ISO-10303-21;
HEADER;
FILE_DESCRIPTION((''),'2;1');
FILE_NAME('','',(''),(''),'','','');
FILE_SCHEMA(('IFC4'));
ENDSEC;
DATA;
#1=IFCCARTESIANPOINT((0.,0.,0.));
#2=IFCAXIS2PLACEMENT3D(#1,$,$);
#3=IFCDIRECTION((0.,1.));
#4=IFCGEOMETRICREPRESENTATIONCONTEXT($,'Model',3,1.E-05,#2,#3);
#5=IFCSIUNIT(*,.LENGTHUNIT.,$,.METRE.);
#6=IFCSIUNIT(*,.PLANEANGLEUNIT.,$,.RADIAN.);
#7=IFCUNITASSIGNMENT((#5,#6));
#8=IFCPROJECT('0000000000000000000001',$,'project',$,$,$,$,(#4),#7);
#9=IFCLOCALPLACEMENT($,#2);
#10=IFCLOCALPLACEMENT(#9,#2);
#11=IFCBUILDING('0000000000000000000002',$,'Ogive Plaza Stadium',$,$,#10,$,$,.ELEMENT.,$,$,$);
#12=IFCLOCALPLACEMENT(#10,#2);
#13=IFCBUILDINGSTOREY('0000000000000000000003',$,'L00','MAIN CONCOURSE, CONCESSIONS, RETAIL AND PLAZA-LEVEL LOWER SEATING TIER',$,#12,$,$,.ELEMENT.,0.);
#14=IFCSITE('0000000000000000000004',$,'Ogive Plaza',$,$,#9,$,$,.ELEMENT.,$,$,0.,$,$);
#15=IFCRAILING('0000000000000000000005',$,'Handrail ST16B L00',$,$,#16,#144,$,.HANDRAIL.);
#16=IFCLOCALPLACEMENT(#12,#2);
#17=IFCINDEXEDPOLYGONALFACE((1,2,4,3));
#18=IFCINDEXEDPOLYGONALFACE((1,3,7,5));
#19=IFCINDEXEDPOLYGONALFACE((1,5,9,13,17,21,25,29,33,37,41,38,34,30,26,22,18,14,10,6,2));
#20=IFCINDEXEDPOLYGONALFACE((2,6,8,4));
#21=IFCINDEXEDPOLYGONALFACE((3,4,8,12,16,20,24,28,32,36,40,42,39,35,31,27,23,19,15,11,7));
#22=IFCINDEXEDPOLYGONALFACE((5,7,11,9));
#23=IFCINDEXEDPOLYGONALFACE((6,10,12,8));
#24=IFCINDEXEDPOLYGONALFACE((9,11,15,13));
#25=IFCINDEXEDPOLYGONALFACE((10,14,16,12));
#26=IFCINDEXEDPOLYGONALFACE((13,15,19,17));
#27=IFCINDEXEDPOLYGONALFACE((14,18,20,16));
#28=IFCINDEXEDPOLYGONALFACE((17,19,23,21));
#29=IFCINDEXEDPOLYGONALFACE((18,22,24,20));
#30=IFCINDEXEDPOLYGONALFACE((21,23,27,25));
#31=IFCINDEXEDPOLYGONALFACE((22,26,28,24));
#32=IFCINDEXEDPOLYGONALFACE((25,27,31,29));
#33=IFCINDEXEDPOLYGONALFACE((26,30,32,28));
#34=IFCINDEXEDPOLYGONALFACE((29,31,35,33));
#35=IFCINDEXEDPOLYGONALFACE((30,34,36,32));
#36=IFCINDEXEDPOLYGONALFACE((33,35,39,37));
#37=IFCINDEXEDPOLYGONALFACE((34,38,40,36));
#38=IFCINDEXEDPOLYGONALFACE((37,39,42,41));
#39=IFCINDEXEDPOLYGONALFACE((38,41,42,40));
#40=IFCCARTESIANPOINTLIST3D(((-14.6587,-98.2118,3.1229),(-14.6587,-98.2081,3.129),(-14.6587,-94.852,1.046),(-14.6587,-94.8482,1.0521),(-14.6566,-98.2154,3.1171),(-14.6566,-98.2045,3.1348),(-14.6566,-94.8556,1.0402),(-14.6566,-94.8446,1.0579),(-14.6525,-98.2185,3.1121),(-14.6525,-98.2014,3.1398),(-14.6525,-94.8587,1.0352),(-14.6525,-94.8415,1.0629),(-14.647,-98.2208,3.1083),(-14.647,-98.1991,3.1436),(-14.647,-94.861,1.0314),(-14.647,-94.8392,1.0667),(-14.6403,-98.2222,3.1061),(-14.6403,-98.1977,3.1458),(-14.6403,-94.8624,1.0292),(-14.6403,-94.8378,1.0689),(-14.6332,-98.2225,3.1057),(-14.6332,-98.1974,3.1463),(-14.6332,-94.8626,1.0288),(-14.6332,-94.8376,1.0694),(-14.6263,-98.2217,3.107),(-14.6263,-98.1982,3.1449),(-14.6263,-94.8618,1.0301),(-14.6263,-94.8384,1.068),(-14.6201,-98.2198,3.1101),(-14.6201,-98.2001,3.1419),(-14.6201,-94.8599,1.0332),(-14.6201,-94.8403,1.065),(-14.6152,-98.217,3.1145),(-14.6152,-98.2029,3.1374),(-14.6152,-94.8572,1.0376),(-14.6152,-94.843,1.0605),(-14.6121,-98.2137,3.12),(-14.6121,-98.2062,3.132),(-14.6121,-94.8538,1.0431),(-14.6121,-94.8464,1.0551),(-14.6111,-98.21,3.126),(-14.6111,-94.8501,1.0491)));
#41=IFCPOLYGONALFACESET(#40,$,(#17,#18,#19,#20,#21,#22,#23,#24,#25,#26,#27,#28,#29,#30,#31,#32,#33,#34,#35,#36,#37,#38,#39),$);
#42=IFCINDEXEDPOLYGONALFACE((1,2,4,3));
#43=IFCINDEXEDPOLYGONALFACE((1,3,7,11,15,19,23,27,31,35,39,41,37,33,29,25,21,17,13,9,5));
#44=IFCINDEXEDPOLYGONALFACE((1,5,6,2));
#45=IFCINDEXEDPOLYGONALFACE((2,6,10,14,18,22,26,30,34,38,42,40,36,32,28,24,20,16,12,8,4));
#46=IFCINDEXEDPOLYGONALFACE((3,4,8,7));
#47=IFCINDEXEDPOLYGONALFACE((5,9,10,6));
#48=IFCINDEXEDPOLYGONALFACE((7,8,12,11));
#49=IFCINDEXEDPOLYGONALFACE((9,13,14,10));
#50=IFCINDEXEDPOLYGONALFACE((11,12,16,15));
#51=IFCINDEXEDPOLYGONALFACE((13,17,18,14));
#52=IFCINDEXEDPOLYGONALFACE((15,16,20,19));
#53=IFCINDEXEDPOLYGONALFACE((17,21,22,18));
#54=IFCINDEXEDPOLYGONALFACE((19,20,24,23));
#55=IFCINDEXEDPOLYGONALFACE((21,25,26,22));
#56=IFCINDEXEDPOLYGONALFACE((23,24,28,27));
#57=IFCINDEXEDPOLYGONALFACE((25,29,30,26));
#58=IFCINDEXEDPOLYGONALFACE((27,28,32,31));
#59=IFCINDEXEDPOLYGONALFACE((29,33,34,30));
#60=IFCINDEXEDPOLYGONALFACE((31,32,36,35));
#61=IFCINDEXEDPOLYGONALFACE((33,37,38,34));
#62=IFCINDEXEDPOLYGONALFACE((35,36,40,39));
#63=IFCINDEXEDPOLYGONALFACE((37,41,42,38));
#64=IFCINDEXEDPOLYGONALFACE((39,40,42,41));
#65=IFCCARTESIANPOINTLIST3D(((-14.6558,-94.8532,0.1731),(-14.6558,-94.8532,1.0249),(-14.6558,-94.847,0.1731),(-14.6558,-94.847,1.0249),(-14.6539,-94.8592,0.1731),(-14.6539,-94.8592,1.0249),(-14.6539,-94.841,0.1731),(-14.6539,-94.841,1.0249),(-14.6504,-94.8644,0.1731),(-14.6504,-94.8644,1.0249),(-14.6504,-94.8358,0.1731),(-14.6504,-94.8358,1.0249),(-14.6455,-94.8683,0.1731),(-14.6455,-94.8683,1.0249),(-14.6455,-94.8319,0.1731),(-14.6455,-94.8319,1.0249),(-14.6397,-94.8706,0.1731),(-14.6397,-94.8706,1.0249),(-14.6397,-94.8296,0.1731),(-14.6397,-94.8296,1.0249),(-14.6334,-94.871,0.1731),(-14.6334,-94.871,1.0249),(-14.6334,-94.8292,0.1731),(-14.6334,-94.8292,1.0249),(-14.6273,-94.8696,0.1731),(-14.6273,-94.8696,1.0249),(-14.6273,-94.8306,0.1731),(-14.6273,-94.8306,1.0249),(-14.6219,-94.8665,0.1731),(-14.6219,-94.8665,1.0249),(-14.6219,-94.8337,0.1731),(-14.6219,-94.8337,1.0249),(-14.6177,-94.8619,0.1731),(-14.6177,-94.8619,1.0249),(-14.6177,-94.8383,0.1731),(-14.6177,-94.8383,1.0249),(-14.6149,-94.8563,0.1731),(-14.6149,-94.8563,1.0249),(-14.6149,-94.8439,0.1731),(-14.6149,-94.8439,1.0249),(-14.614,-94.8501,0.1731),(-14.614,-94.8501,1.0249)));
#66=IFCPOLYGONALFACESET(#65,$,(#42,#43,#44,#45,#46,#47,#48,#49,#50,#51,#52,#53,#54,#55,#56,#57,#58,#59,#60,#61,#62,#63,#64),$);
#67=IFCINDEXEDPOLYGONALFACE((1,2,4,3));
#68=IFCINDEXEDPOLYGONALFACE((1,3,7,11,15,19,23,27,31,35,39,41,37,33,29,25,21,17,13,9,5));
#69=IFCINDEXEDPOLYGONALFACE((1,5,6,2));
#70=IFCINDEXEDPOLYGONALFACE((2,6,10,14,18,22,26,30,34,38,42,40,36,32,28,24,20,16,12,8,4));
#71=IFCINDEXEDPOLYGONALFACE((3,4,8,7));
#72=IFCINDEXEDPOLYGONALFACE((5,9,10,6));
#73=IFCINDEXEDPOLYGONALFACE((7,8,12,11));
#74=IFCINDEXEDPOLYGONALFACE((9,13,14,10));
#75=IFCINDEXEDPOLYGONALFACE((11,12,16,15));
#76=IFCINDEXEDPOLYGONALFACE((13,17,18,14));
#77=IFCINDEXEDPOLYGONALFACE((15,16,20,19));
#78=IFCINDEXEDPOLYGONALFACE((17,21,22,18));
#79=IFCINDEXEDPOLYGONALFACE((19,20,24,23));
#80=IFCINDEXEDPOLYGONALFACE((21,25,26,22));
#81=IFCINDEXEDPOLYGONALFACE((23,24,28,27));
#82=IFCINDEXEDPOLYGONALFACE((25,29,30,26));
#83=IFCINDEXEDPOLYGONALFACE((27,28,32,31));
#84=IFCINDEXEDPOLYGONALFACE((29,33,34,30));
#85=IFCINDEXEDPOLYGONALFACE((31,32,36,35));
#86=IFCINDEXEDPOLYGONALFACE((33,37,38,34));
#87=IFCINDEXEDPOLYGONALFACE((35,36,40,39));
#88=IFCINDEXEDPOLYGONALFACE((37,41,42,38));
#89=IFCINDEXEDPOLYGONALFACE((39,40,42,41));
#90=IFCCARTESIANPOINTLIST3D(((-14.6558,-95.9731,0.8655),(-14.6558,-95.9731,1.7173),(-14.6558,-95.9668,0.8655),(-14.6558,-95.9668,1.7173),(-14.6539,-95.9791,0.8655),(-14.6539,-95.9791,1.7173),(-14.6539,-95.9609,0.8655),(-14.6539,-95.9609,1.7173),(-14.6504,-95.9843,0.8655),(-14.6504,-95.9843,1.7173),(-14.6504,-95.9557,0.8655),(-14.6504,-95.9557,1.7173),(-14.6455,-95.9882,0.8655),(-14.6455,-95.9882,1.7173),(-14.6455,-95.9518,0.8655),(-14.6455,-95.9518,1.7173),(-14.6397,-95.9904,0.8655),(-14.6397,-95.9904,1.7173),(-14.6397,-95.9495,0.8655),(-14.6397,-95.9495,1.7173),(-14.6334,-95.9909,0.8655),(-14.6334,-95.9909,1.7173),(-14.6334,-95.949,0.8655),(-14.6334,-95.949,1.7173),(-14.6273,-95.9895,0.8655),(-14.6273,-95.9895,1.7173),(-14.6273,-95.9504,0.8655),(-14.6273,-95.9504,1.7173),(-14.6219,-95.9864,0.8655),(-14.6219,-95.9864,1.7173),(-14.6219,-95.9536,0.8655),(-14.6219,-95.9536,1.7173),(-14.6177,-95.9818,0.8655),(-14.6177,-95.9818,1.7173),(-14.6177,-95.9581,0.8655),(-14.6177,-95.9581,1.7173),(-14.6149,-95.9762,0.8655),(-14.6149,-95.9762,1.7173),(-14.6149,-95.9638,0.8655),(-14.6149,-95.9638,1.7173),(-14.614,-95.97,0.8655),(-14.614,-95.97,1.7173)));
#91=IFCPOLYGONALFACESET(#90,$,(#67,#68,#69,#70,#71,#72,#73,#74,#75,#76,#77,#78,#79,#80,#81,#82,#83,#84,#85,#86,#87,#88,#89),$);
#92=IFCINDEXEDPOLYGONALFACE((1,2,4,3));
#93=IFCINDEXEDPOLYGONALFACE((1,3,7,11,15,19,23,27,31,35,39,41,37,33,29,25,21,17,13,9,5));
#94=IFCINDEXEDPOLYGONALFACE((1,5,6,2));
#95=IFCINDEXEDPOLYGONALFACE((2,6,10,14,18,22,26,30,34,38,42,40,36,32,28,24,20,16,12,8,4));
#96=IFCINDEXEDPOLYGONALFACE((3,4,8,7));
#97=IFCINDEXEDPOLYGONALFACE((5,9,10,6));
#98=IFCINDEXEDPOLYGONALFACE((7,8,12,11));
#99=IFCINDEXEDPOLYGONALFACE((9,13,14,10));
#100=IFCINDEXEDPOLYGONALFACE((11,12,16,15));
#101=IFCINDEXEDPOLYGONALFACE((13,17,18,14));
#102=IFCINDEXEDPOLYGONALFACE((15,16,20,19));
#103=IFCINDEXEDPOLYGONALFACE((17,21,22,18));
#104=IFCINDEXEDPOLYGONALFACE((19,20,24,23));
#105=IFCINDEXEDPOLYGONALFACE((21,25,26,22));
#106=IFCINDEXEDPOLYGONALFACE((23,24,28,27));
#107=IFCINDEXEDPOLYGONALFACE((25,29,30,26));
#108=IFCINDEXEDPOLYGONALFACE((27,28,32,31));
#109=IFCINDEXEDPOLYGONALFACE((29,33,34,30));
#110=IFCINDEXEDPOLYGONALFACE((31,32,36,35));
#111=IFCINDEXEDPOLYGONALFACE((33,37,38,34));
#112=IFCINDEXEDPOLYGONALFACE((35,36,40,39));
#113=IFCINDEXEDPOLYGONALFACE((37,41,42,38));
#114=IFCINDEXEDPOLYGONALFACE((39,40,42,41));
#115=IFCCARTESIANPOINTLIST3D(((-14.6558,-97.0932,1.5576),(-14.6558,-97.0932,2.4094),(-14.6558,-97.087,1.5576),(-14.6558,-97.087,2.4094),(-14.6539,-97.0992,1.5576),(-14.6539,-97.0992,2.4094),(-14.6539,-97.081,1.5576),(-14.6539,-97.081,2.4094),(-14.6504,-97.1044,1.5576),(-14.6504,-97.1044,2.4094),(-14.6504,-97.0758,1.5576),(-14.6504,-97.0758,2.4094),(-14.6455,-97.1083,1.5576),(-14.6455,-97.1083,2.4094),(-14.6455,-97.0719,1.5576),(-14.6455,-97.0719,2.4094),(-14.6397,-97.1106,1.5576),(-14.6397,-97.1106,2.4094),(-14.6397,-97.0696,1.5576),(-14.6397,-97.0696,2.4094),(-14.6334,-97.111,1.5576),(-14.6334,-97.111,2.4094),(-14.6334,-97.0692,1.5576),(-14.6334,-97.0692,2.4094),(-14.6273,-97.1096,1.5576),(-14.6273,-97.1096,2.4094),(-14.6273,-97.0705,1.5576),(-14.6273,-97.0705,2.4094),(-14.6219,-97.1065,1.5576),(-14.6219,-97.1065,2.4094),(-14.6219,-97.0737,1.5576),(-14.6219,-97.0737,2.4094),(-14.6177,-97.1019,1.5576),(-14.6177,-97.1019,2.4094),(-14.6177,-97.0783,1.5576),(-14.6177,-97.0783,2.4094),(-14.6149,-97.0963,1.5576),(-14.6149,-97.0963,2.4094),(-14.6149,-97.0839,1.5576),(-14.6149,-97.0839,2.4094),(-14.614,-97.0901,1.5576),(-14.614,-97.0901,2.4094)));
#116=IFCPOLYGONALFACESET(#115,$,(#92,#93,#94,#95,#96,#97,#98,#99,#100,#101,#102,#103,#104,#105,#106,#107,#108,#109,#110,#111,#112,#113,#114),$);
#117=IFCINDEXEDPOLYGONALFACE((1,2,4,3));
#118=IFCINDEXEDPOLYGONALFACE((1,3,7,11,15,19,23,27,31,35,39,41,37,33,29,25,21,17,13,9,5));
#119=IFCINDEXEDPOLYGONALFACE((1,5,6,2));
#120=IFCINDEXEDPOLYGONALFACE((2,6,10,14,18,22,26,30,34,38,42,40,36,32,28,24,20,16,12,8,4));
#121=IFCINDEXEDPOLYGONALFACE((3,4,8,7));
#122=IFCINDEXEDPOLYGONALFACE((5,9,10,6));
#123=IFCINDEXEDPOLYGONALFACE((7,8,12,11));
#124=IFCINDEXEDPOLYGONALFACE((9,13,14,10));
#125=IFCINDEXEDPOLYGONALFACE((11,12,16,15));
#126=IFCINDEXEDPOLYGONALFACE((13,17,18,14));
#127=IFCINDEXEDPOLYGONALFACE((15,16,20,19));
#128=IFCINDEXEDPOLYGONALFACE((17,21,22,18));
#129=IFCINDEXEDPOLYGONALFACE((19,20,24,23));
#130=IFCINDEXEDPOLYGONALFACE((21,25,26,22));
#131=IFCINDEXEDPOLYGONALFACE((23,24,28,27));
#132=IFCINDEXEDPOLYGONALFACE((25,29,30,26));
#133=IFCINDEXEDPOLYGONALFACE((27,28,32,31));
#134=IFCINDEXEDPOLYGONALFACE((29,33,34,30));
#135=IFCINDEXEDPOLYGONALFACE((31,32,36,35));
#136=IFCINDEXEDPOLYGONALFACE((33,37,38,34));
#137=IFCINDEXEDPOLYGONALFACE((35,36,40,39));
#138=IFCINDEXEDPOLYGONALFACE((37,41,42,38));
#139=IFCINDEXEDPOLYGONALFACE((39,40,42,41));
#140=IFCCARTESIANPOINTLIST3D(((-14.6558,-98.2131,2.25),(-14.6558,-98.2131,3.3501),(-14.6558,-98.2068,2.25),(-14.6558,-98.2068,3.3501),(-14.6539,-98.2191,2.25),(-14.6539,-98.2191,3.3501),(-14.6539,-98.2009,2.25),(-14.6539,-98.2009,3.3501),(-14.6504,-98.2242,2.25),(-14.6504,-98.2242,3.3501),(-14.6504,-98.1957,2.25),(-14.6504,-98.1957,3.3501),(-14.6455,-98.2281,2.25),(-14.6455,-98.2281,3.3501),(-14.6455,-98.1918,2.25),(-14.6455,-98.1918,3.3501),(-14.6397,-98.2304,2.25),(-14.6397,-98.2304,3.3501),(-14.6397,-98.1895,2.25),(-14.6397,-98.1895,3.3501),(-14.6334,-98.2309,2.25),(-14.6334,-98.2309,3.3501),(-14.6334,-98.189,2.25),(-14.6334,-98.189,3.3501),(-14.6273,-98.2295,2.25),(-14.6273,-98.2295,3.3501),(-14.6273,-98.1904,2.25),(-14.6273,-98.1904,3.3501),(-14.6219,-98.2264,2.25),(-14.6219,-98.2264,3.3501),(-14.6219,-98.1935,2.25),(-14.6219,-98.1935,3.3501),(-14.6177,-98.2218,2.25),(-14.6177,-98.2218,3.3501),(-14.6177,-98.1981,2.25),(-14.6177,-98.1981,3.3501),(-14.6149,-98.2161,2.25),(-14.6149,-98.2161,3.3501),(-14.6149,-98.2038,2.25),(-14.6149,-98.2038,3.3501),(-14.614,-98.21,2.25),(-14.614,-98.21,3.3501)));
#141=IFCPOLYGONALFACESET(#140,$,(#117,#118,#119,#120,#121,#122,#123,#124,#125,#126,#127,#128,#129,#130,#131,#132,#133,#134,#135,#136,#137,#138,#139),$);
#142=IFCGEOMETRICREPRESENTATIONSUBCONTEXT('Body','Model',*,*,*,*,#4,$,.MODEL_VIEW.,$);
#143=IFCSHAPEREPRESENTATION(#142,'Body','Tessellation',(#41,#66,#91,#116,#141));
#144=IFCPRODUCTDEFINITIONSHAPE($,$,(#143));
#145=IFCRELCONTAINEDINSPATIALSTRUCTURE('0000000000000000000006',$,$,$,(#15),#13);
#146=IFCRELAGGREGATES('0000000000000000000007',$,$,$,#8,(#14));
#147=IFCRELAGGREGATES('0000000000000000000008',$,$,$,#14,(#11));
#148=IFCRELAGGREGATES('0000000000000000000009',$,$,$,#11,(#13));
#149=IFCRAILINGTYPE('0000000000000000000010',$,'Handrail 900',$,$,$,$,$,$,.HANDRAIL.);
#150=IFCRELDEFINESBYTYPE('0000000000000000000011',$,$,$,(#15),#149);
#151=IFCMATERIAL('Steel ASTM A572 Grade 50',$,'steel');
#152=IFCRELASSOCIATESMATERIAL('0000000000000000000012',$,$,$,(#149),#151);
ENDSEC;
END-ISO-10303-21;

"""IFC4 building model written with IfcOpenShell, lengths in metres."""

from ifc_helpers import new_model, si_unit, direction, frame, origin, origin_2d, place, context, subcontext, project, spatial, circle, extrude, material, type_object, element, save


model = new_model("IFC4")

# Units and contexts
model_context = context("Model", 3, precision=1e-05, world=origin(), true_north=direction((0.0, 1.0)))
body_context = subcontext(model_context, "Body", "Model", "MODEL_VIEW")
ifc_project = project(units=[si_unit("LENGTHUNIT", "METRE"), si_unit("PLANEANGLEUNIT", "RADIAN")], contexts=[model_context])

# Site, building, storey
site_placement = place(None, origin())
site = spatial("IfcSite", under=ifc_project, at=site_placement, Name="Ogive Plaza", CompositionType="ELEMENT", RefElevation=0.0)
building_placement = place(site_placement, origin())
building = spatial("IfcBuilding", under=site, at=building_placement, Name="Ogive Plaza Stadium", CompositionType="ELEMENT")
storey_placement = place(building_placement, origin())
storey = spatial("IfcBuildingStorey", under=building, at=storey_placement, Name="L00", Description="MAIN CONCOURSE, CONCESSIONS, RETAIL AND PLAZA-LEVEL LOWER SEATING TIER", CompositionType="ELEMENT", Elevation=0.0)

# Railing
ifc_material_1 = material(Name="Steel ASTM A572 Grade 50", Category="steel")
railing_type_1 = type_object("IfcRailingType", Name="Handrail 900", PredefinedType="HANDRAIL", material=ifc_material_1)
for number, where, name in (
    (1, (-14.635, -94.8501, 0.1731), "Handrail ST16B L00"),
):
    element("IfcRailing", number, at=place(storey_placement, frame(where)), inside=storey, type_object=railing_type_1, Name=name, PredefinedType="HANDRAIL", context=body_context, shape_type="SweptSolid", body=[
        extrude(circle(Radius=0.0239, at=origin_2d()), frame((0.0, 0.0, 0.876), z_axis=(0.0, -0.850606, 0.525803), x_axis=(1.0, 0.0, 0.0)), (0.0, 0.0, 1.0), 3.95),
        extrude(circle(Radius=0.021, at=origin_2d()), origin(), (0.0, 0.0, 1.0), 0.8518),
        extrude(circle(Radius=0.021, at=origin_2d()), frame((0.0, -1.1199, 0.6924)), (0.0, 0.0, 1.0), 0.8518),
        extrude(circle(Radius=0.021, at=origin_2d()), frame((0.0, -2.24, 1.3845)), (0.0, 0.0, 1.0), 0.8518),
        extrude(circle(Radius=0.021, at=origin_2d()), frame((0.0, -3.3599, 2.0769)), (0.0, 0.0, 1.0), 1.1001),
    ])

save(model, "model.ifc")
